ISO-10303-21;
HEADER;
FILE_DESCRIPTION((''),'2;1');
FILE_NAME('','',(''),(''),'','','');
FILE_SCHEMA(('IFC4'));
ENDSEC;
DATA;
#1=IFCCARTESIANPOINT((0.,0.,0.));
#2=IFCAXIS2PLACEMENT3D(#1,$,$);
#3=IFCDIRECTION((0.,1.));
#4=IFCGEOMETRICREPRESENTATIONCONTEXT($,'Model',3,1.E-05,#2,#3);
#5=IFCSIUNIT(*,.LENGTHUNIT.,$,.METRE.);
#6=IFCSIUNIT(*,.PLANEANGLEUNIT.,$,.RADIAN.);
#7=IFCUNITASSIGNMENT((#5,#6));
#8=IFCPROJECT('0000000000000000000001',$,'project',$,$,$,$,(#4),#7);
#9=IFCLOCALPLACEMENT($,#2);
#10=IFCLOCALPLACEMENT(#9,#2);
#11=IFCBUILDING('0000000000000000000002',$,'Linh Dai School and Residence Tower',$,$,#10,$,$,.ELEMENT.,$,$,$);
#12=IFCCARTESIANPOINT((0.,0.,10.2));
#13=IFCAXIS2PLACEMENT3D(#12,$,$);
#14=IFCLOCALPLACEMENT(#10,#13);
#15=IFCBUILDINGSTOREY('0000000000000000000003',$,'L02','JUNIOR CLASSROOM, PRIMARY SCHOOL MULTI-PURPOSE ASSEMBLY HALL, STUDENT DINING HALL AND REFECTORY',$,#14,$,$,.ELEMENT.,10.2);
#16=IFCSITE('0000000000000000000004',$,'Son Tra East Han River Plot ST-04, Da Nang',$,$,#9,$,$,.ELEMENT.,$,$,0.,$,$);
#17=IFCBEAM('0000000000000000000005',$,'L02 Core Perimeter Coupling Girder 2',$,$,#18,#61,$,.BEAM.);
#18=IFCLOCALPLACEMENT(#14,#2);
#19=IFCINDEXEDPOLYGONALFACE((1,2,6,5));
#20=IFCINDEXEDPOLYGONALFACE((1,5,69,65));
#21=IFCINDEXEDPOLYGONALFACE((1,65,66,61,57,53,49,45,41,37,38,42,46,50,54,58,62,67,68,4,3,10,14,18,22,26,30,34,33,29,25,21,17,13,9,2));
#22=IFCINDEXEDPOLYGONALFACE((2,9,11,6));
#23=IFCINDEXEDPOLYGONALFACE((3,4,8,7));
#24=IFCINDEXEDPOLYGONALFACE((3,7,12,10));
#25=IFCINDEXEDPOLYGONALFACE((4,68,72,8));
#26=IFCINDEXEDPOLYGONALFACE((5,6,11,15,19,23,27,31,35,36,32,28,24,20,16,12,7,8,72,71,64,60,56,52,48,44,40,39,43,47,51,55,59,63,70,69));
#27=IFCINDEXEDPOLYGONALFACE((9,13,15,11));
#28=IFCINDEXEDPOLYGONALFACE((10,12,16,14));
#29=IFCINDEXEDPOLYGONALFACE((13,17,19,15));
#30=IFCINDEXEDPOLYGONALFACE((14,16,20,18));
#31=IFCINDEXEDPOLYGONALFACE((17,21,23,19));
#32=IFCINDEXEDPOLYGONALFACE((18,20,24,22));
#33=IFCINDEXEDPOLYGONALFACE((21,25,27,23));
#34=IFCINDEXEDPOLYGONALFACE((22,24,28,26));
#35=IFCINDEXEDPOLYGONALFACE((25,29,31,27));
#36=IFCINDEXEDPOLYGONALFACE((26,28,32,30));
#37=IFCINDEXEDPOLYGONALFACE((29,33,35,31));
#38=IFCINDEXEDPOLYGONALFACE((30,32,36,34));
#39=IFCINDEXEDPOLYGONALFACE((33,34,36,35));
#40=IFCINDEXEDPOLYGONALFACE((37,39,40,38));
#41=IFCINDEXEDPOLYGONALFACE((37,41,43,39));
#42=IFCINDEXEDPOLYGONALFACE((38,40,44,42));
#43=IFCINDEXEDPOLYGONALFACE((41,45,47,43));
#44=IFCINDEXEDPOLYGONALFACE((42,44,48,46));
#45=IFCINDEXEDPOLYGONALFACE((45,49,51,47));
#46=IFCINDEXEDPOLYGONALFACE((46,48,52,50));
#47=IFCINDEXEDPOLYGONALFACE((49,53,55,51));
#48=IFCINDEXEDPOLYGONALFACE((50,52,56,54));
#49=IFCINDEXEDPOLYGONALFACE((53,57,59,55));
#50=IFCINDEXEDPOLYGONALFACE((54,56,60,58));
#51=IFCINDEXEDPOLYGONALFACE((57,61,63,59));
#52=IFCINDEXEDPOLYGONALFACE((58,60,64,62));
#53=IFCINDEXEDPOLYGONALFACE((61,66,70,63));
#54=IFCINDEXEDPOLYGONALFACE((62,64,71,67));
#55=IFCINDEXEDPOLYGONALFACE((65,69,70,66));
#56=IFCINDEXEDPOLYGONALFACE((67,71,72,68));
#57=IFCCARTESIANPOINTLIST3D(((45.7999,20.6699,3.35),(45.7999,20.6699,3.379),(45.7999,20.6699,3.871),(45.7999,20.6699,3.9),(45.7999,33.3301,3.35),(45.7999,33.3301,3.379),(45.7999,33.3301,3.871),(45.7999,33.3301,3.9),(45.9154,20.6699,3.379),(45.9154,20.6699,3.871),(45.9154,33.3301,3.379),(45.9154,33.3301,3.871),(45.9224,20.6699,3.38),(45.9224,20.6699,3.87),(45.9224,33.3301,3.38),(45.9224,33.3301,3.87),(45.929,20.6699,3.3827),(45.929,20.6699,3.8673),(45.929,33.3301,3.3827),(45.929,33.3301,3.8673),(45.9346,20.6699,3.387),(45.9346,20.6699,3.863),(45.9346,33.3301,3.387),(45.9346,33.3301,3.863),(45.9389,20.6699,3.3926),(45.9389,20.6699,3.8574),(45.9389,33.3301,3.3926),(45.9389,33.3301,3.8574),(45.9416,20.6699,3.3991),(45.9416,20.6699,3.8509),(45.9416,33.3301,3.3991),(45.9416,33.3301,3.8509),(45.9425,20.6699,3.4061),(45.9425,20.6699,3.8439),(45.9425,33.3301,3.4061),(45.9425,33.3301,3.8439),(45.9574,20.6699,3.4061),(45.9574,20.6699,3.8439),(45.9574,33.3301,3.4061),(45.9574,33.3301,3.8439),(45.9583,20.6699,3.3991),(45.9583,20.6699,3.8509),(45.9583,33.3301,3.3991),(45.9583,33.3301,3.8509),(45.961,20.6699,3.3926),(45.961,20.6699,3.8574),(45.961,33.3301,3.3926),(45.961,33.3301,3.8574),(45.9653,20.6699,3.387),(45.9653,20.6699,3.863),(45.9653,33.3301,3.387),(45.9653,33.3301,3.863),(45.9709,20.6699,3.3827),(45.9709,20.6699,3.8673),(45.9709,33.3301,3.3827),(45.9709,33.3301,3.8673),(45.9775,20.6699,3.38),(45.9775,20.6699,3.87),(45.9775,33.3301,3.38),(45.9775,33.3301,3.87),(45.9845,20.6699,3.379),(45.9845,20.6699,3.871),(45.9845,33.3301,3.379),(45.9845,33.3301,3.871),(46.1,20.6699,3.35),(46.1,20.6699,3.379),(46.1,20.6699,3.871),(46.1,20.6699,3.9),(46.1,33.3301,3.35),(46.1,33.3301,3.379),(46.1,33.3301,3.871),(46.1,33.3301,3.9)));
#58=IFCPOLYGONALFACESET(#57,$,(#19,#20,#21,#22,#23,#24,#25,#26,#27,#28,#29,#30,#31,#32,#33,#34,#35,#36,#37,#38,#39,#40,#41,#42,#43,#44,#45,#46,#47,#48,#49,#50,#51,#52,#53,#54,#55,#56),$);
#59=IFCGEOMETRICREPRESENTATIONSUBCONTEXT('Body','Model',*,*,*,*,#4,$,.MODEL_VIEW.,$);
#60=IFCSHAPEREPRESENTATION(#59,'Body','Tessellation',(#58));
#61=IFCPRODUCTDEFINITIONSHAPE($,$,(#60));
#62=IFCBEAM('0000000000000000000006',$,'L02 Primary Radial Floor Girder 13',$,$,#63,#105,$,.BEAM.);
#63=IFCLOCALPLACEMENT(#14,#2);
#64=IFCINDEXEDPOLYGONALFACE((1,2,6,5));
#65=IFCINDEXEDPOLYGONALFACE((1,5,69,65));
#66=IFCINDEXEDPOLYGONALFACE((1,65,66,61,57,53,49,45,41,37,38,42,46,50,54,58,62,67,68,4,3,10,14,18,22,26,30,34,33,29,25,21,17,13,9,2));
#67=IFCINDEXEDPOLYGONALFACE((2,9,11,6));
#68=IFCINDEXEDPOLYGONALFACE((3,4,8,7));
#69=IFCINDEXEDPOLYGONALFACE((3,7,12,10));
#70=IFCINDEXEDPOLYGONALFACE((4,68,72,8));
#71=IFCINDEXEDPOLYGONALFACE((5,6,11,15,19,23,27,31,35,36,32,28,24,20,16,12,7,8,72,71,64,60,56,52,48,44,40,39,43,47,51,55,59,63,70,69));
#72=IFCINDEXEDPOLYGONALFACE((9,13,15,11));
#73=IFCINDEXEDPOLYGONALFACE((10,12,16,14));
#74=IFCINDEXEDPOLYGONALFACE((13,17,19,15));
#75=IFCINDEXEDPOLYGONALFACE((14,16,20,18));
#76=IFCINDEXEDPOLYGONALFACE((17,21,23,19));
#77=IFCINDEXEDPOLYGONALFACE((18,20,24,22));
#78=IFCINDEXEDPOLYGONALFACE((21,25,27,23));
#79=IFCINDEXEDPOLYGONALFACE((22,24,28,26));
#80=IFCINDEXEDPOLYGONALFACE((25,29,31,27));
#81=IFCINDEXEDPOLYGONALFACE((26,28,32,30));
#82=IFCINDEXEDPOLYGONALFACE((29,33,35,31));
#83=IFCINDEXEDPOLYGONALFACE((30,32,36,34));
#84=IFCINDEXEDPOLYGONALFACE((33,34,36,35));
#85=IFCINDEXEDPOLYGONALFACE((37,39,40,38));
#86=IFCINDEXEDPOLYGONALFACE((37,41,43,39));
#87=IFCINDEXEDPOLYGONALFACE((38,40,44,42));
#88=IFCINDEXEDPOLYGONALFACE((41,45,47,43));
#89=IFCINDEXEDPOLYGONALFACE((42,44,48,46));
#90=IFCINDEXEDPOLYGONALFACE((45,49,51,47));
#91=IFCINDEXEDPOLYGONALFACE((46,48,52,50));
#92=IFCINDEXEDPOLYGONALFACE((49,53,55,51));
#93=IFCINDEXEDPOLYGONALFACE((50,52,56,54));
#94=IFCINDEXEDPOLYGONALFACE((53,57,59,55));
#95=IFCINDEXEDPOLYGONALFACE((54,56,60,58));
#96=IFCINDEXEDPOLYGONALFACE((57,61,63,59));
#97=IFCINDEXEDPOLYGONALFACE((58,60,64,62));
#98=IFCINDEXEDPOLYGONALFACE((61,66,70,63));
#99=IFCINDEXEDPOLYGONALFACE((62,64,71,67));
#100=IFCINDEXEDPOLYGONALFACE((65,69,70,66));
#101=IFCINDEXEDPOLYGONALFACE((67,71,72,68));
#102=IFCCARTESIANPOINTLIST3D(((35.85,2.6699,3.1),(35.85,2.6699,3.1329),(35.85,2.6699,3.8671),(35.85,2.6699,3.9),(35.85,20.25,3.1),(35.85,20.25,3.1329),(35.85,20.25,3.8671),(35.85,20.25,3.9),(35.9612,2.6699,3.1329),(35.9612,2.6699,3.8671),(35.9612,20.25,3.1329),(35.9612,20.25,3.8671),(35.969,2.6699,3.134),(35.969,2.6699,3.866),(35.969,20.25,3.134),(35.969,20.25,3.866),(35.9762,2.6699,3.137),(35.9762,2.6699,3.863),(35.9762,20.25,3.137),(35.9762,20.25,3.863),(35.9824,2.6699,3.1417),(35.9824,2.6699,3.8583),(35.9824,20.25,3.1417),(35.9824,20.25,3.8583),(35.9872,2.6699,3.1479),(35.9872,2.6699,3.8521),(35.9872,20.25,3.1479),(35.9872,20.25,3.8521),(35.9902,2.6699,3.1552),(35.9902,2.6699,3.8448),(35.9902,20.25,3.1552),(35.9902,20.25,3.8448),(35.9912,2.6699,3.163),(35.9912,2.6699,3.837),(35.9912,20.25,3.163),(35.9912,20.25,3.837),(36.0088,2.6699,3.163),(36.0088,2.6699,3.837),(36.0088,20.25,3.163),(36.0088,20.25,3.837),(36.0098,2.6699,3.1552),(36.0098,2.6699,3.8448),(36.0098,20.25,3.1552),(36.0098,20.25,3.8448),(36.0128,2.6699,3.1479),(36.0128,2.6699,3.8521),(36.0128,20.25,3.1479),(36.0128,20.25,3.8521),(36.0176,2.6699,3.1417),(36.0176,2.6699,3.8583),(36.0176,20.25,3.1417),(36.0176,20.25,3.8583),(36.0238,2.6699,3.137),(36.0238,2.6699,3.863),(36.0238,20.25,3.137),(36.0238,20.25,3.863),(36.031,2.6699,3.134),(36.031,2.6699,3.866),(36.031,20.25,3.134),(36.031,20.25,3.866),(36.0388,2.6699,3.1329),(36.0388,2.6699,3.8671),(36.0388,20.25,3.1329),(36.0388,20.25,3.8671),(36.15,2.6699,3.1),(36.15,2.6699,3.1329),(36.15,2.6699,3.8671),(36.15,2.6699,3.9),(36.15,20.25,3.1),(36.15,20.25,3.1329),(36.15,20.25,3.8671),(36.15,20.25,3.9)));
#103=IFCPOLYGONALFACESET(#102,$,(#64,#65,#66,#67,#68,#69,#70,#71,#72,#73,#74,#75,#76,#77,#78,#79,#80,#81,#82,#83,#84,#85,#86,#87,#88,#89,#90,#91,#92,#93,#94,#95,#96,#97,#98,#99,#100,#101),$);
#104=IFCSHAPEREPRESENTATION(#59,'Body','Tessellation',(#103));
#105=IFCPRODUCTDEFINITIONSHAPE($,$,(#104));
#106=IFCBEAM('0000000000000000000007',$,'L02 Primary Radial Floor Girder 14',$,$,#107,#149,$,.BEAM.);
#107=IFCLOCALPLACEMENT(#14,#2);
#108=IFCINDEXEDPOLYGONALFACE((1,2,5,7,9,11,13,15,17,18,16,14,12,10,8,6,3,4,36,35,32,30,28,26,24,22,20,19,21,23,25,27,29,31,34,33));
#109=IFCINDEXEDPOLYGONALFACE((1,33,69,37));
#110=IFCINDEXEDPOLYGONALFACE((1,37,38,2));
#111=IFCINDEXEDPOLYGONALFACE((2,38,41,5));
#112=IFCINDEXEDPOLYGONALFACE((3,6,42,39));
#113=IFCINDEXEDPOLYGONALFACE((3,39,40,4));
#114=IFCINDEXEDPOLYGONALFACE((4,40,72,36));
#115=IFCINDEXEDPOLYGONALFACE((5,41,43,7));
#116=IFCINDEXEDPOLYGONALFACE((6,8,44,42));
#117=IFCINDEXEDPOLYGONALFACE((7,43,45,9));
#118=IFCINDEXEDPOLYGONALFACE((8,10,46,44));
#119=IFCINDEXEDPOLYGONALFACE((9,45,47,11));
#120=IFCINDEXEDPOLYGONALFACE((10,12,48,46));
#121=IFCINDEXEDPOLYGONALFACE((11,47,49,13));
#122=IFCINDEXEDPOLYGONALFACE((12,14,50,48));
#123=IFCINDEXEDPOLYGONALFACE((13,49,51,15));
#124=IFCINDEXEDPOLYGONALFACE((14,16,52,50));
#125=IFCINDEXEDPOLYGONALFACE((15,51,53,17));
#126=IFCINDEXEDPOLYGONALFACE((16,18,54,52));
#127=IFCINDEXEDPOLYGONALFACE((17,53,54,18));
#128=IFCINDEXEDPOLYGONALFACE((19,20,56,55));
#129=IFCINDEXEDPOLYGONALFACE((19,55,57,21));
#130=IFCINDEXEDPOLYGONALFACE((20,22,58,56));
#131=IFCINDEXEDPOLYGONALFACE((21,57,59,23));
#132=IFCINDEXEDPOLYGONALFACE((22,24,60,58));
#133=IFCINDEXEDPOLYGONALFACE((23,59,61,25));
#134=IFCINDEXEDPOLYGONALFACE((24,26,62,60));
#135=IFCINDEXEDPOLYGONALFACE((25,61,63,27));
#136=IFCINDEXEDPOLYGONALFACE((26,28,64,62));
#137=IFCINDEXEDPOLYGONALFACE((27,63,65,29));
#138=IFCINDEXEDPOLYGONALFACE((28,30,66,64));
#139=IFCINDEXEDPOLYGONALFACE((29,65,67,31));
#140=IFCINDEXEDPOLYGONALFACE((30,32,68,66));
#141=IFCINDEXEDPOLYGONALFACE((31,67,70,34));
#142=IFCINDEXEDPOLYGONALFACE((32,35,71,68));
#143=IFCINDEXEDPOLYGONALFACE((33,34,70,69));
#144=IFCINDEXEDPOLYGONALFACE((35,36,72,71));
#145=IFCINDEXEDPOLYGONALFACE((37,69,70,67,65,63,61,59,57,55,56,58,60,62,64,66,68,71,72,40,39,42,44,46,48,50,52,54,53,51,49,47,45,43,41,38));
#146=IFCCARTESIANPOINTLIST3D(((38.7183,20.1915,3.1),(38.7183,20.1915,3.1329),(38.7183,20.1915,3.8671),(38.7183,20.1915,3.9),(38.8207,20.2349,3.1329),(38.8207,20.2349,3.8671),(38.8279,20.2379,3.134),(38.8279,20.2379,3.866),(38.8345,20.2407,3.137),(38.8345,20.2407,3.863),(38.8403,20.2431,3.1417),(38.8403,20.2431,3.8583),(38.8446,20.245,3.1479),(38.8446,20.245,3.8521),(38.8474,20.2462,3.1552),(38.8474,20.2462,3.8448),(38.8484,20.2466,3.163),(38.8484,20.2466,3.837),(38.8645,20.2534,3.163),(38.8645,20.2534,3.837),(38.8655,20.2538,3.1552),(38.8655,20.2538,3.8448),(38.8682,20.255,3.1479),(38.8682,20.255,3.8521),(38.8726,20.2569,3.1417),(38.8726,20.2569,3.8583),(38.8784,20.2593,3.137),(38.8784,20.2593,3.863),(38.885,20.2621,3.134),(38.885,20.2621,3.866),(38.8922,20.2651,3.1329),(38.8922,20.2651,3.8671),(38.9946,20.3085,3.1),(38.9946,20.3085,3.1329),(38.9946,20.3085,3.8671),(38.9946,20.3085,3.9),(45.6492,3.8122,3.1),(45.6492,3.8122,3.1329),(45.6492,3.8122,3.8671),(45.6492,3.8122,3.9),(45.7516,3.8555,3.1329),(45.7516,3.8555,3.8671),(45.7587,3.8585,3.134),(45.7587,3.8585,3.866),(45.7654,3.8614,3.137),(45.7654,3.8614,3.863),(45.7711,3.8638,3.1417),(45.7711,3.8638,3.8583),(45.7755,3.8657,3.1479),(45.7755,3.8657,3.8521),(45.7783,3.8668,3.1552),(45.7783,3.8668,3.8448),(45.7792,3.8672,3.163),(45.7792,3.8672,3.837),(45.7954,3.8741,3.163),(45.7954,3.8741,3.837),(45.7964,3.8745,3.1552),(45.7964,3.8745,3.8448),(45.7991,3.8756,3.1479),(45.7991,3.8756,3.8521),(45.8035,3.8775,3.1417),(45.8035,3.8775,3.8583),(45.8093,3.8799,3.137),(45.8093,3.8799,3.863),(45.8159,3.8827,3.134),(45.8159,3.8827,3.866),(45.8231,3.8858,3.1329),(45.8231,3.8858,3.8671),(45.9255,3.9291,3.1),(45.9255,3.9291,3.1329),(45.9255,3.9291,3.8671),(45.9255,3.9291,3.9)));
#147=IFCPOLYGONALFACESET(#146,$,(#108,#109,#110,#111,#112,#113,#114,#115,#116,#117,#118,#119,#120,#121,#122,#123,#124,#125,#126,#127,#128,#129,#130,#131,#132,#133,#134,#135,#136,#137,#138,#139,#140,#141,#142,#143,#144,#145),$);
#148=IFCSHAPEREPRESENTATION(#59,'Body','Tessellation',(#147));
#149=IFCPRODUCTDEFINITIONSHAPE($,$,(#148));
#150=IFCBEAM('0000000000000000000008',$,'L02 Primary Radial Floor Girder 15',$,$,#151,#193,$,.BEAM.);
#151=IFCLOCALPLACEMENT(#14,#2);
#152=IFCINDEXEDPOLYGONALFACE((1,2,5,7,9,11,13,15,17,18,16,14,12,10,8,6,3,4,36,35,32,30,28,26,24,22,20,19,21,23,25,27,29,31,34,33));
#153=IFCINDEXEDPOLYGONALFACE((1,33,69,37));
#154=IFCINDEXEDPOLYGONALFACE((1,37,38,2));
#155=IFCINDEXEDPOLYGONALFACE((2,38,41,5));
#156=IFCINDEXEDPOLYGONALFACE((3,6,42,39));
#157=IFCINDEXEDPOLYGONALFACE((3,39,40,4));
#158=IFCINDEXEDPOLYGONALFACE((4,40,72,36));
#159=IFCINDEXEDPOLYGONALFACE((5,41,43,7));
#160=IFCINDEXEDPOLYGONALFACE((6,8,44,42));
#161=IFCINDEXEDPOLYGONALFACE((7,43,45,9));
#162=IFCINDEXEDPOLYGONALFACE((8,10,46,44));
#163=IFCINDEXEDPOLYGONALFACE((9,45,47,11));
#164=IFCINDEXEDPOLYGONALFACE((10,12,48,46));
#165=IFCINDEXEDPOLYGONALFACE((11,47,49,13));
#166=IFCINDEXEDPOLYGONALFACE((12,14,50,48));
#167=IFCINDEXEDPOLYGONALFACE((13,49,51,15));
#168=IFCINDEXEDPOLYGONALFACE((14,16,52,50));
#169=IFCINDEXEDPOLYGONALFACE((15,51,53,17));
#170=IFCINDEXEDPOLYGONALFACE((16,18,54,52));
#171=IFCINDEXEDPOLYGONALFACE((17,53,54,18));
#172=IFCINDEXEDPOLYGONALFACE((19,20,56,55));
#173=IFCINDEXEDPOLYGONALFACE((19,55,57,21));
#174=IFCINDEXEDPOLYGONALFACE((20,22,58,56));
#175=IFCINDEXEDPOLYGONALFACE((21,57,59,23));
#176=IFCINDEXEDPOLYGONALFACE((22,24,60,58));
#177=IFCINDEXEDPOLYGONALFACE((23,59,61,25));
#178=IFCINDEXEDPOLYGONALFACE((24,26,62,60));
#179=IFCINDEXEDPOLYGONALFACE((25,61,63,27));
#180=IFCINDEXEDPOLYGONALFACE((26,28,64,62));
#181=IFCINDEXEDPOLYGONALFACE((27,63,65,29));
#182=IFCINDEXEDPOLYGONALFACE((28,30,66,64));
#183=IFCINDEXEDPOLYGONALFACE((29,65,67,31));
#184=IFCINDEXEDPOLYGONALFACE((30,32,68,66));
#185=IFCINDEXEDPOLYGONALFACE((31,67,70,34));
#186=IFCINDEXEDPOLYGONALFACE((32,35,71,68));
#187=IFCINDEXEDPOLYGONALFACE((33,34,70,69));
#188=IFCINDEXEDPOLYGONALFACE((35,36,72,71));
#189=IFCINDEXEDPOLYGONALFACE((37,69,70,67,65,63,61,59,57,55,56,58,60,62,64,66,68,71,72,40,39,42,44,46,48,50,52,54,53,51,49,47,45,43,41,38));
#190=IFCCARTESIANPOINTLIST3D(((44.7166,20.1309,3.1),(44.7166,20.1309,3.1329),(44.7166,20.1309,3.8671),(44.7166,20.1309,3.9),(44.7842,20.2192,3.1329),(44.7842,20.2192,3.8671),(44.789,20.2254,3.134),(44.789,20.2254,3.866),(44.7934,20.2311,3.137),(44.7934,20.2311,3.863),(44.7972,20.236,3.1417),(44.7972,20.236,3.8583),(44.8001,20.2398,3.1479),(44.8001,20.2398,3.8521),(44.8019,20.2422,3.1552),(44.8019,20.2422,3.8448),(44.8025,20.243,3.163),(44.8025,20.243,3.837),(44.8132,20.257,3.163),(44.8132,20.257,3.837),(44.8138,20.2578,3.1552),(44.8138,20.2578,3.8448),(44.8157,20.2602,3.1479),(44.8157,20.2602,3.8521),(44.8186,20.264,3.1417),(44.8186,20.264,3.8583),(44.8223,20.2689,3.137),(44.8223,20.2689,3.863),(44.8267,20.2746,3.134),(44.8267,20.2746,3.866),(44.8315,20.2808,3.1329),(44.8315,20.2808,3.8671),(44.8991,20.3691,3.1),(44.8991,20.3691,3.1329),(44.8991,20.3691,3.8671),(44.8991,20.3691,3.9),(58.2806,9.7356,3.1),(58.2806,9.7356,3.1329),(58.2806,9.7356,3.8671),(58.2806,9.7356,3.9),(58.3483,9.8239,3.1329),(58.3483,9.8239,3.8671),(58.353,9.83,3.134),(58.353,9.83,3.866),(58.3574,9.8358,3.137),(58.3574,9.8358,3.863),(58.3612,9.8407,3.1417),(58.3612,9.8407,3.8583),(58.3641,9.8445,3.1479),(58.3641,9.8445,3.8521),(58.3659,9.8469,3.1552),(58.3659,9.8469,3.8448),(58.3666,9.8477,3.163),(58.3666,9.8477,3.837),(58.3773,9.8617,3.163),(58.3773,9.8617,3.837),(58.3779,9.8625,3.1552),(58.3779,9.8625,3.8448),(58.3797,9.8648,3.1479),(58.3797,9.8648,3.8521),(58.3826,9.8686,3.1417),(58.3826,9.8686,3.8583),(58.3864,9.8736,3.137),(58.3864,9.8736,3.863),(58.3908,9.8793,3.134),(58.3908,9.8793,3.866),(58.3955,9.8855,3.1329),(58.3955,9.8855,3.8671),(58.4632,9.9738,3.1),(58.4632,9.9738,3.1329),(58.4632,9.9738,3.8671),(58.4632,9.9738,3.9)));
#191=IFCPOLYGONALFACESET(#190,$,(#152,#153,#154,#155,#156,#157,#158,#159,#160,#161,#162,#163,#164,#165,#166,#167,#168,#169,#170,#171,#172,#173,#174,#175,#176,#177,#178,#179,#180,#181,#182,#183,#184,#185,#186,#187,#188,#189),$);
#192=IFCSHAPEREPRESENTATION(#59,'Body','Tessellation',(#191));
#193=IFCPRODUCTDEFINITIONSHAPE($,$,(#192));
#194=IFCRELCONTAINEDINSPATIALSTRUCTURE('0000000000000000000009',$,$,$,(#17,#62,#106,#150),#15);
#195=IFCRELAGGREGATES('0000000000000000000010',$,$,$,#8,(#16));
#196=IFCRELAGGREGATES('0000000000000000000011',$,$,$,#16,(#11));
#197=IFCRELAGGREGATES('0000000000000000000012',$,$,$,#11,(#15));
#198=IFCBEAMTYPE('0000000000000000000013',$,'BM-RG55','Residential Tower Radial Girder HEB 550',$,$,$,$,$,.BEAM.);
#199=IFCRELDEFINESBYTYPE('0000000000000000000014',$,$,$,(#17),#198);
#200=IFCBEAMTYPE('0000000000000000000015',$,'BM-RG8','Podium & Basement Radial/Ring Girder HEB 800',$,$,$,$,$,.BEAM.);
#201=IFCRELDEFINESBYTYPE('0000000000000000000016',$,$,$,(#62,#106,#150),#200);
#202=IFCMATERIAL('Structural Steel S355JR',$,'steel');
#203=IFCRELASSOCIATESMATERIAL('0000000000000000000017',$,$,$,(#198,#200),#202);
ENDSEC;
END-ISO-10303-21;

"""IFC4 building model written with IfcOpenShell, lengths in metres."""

from ifc_helpers import new_model, si_unit, direction, frame, origin, origin_2d, place, context, subcontext, project, spatial, i_section, extrude, material, material_profile, profile_set, type_object, element, save


model = new_model("IFC4")

# Units and contexts
model_context = context("Model", 3, precision=1e-05, world=origin(), true_north=direction((0.0, 1.0)))
body_context = subcontext(model_context, "Body", "Model", "MODEL_VIEW")
ifc_project = project(units=[si_unit("LENGTHUNIT", "METRE"), si_unit("PLANEANGLEUNIT", "RADIAN")], contexts=[model_context])

# Site, building, storey
site_placement = place(None, origin())
site = spatial("IfcSite", under=ifc_project, at=site_placement, Name="Son Tra East Han River Plot ST-04, Da Nang", CompositionType="ELEMENT", RefElevation=0.0)
building_placement = place(site_placement, origin())
building = spatial("IfcBuilding", under=site, at=building_placement, Name="Linh Dai School and Residence Tower", CompositionType="ELEMENT")
storey_placement = place(building_placement, frame((0.0, 0.0, 10.2)))
storey = spatial("IfcBuildingStorey", under=building, at=storey_placement, Name="L02", Description="JUNIOR CLASSROOM, PRIMARY SCHOOL MULTI-PURPOSE ASSEMBLY HALL, STUDENT DINING HALL AND REFECTORY", CompositionType="ELEMENT", Elevation=10.2)

# Shared definitions
ifc_material_1 = material(Name="Structural Steel S355JR", Category="steel")

# Beams
ifc_material_profile_1 = material_profile(ifc_material_1, i_section(OverallWidth=0.3, OverallDepth=0.55, WebThickness=0.0149, FlangeThickness=0.0291, FilletRadius=0.0271, at=origin_2d()), Name="HEB 550")
ifc_profile_set_1 = profile_set([ifc_material_profile_1], Name="Structural Steel S355JR")
beam_type_1 = type_object("IfcBeamType", Name="BM-RG55", Description="Residential Tower Radial Girder HEB 550", PredefinedType="BEAM", material=ifc_profile_set_1)
beam_1_placement = place(storey_placement, frame((45.95, 20.6699, 3.625), z_axis=(0.0, 1.0, 0.0), x_axis=(-1.0, 0.0, 0.0)))
element("IfcBeam", 1, at=beam_1_placement, inside=storey, type_object=beam_type_1, Name="L02 Core Perimeter Coupling Girder 2", PredefinedType="BEAM", context=body_context, shape_type="SweptSolid", body=[
    extrude(i_section(OverallWidth=0.3, OverallDepth=0.55, WebThickness=0.0149, FlangeThickness=0.0291, FilletRadius=0.0271, at=origin_2d()), origin(), (0.0, 0.0, 1.0), 12.6602),
])
ifc_material_profile_2 = material_profile(ifc_material_1, i_section(OverallWidth=0.3, OverallDepth=0.8, WebThickness=0.0176, FlangeThickness=0.033, FilletRadius=0.03, at=origin_2d()), Name="HEB 800")
ifc_profile_set_2 = profile_set([ifc_material_profile_2], Name="Structural Steel S355JR")
beam_type_2 = type_object("IfcBeamType", Name="BM-RG8", Description="Podium & Basement Radial/Ring Girder HEB 800", PredefinedType="BEAM", material=ifc_profile_set_2)
beam_2_placement = place(storey_placement, frame((36.0, 20.25, 3.5), z_axis=(0.0, -1.0, 0.0), x_axis=(1.0, 0.0, 0.0)))
element("IfcBeam", 2, at=beam_2_placement, inside=storey, type_object=beam_type_2, Name="L02 Primary Radial Floor Girder 13", PredefinedType="BEAM", context=body_context, shape_type="SweptSolid", body=[
    extrude(i_section(OverallWidth=0.3, OverallDepth=0.8, WebThickness=0.0176, FlangeThickness=0.033, FilletRadius=0.03, at=origin_2d()), origin(), (0.0, 0.0, 1.0), 17.5801),
])
beam_3_placement = place(storey_placement, frame((38.8564, 20.25, 3.5), z_axis=(0.389696, -0.920944, 0.0), x_axis=(0.920944, 0.389696, 0.0)))
element("IfcBeam", 3, at=beam_3_placement, inside=storey, type_object=beam_type_2, Name="L02 Primary Radial Floor Girder 14", PredefinedType="BEAM", context=body_context, shape_type="SweptSolid", body=[
    extrude(i_section(OverallWidth=0.3, OverallDepth=0.8, WebThickness=0.0176, FlangeThickness=0.033, FilletRadius=0.03, at=origin_2d()), origin(), (0.0, 0.0, 1.0), 17.7854),
])
beam_4_placement = place(storey_placement, frame((44.8079, 20.25, 3.5), z_axis=(0.793713, -0.608292, 0.0), x_axis=(0.608292, 0.793713, 0.0)))
element("IfcBeam", 4, at=beam_4_placement, inside=storey, type_object=beam_type_2, Name="L02 Primary Radial Floor Girder 15", PredefinedType="BEAM", context=body_context, shape_type="SweptSolid", body=[
    extrude(i_section(OverallWidth=0.3, OverallDepth=0.8, WebThickness=0.0176, FlangeThickness=0.033, FilletRadius=0.03, at=origin_2d()), origin(), (0.0, 0.0, 1.0), 17.0894),
])

save(model, "model.ifc")
